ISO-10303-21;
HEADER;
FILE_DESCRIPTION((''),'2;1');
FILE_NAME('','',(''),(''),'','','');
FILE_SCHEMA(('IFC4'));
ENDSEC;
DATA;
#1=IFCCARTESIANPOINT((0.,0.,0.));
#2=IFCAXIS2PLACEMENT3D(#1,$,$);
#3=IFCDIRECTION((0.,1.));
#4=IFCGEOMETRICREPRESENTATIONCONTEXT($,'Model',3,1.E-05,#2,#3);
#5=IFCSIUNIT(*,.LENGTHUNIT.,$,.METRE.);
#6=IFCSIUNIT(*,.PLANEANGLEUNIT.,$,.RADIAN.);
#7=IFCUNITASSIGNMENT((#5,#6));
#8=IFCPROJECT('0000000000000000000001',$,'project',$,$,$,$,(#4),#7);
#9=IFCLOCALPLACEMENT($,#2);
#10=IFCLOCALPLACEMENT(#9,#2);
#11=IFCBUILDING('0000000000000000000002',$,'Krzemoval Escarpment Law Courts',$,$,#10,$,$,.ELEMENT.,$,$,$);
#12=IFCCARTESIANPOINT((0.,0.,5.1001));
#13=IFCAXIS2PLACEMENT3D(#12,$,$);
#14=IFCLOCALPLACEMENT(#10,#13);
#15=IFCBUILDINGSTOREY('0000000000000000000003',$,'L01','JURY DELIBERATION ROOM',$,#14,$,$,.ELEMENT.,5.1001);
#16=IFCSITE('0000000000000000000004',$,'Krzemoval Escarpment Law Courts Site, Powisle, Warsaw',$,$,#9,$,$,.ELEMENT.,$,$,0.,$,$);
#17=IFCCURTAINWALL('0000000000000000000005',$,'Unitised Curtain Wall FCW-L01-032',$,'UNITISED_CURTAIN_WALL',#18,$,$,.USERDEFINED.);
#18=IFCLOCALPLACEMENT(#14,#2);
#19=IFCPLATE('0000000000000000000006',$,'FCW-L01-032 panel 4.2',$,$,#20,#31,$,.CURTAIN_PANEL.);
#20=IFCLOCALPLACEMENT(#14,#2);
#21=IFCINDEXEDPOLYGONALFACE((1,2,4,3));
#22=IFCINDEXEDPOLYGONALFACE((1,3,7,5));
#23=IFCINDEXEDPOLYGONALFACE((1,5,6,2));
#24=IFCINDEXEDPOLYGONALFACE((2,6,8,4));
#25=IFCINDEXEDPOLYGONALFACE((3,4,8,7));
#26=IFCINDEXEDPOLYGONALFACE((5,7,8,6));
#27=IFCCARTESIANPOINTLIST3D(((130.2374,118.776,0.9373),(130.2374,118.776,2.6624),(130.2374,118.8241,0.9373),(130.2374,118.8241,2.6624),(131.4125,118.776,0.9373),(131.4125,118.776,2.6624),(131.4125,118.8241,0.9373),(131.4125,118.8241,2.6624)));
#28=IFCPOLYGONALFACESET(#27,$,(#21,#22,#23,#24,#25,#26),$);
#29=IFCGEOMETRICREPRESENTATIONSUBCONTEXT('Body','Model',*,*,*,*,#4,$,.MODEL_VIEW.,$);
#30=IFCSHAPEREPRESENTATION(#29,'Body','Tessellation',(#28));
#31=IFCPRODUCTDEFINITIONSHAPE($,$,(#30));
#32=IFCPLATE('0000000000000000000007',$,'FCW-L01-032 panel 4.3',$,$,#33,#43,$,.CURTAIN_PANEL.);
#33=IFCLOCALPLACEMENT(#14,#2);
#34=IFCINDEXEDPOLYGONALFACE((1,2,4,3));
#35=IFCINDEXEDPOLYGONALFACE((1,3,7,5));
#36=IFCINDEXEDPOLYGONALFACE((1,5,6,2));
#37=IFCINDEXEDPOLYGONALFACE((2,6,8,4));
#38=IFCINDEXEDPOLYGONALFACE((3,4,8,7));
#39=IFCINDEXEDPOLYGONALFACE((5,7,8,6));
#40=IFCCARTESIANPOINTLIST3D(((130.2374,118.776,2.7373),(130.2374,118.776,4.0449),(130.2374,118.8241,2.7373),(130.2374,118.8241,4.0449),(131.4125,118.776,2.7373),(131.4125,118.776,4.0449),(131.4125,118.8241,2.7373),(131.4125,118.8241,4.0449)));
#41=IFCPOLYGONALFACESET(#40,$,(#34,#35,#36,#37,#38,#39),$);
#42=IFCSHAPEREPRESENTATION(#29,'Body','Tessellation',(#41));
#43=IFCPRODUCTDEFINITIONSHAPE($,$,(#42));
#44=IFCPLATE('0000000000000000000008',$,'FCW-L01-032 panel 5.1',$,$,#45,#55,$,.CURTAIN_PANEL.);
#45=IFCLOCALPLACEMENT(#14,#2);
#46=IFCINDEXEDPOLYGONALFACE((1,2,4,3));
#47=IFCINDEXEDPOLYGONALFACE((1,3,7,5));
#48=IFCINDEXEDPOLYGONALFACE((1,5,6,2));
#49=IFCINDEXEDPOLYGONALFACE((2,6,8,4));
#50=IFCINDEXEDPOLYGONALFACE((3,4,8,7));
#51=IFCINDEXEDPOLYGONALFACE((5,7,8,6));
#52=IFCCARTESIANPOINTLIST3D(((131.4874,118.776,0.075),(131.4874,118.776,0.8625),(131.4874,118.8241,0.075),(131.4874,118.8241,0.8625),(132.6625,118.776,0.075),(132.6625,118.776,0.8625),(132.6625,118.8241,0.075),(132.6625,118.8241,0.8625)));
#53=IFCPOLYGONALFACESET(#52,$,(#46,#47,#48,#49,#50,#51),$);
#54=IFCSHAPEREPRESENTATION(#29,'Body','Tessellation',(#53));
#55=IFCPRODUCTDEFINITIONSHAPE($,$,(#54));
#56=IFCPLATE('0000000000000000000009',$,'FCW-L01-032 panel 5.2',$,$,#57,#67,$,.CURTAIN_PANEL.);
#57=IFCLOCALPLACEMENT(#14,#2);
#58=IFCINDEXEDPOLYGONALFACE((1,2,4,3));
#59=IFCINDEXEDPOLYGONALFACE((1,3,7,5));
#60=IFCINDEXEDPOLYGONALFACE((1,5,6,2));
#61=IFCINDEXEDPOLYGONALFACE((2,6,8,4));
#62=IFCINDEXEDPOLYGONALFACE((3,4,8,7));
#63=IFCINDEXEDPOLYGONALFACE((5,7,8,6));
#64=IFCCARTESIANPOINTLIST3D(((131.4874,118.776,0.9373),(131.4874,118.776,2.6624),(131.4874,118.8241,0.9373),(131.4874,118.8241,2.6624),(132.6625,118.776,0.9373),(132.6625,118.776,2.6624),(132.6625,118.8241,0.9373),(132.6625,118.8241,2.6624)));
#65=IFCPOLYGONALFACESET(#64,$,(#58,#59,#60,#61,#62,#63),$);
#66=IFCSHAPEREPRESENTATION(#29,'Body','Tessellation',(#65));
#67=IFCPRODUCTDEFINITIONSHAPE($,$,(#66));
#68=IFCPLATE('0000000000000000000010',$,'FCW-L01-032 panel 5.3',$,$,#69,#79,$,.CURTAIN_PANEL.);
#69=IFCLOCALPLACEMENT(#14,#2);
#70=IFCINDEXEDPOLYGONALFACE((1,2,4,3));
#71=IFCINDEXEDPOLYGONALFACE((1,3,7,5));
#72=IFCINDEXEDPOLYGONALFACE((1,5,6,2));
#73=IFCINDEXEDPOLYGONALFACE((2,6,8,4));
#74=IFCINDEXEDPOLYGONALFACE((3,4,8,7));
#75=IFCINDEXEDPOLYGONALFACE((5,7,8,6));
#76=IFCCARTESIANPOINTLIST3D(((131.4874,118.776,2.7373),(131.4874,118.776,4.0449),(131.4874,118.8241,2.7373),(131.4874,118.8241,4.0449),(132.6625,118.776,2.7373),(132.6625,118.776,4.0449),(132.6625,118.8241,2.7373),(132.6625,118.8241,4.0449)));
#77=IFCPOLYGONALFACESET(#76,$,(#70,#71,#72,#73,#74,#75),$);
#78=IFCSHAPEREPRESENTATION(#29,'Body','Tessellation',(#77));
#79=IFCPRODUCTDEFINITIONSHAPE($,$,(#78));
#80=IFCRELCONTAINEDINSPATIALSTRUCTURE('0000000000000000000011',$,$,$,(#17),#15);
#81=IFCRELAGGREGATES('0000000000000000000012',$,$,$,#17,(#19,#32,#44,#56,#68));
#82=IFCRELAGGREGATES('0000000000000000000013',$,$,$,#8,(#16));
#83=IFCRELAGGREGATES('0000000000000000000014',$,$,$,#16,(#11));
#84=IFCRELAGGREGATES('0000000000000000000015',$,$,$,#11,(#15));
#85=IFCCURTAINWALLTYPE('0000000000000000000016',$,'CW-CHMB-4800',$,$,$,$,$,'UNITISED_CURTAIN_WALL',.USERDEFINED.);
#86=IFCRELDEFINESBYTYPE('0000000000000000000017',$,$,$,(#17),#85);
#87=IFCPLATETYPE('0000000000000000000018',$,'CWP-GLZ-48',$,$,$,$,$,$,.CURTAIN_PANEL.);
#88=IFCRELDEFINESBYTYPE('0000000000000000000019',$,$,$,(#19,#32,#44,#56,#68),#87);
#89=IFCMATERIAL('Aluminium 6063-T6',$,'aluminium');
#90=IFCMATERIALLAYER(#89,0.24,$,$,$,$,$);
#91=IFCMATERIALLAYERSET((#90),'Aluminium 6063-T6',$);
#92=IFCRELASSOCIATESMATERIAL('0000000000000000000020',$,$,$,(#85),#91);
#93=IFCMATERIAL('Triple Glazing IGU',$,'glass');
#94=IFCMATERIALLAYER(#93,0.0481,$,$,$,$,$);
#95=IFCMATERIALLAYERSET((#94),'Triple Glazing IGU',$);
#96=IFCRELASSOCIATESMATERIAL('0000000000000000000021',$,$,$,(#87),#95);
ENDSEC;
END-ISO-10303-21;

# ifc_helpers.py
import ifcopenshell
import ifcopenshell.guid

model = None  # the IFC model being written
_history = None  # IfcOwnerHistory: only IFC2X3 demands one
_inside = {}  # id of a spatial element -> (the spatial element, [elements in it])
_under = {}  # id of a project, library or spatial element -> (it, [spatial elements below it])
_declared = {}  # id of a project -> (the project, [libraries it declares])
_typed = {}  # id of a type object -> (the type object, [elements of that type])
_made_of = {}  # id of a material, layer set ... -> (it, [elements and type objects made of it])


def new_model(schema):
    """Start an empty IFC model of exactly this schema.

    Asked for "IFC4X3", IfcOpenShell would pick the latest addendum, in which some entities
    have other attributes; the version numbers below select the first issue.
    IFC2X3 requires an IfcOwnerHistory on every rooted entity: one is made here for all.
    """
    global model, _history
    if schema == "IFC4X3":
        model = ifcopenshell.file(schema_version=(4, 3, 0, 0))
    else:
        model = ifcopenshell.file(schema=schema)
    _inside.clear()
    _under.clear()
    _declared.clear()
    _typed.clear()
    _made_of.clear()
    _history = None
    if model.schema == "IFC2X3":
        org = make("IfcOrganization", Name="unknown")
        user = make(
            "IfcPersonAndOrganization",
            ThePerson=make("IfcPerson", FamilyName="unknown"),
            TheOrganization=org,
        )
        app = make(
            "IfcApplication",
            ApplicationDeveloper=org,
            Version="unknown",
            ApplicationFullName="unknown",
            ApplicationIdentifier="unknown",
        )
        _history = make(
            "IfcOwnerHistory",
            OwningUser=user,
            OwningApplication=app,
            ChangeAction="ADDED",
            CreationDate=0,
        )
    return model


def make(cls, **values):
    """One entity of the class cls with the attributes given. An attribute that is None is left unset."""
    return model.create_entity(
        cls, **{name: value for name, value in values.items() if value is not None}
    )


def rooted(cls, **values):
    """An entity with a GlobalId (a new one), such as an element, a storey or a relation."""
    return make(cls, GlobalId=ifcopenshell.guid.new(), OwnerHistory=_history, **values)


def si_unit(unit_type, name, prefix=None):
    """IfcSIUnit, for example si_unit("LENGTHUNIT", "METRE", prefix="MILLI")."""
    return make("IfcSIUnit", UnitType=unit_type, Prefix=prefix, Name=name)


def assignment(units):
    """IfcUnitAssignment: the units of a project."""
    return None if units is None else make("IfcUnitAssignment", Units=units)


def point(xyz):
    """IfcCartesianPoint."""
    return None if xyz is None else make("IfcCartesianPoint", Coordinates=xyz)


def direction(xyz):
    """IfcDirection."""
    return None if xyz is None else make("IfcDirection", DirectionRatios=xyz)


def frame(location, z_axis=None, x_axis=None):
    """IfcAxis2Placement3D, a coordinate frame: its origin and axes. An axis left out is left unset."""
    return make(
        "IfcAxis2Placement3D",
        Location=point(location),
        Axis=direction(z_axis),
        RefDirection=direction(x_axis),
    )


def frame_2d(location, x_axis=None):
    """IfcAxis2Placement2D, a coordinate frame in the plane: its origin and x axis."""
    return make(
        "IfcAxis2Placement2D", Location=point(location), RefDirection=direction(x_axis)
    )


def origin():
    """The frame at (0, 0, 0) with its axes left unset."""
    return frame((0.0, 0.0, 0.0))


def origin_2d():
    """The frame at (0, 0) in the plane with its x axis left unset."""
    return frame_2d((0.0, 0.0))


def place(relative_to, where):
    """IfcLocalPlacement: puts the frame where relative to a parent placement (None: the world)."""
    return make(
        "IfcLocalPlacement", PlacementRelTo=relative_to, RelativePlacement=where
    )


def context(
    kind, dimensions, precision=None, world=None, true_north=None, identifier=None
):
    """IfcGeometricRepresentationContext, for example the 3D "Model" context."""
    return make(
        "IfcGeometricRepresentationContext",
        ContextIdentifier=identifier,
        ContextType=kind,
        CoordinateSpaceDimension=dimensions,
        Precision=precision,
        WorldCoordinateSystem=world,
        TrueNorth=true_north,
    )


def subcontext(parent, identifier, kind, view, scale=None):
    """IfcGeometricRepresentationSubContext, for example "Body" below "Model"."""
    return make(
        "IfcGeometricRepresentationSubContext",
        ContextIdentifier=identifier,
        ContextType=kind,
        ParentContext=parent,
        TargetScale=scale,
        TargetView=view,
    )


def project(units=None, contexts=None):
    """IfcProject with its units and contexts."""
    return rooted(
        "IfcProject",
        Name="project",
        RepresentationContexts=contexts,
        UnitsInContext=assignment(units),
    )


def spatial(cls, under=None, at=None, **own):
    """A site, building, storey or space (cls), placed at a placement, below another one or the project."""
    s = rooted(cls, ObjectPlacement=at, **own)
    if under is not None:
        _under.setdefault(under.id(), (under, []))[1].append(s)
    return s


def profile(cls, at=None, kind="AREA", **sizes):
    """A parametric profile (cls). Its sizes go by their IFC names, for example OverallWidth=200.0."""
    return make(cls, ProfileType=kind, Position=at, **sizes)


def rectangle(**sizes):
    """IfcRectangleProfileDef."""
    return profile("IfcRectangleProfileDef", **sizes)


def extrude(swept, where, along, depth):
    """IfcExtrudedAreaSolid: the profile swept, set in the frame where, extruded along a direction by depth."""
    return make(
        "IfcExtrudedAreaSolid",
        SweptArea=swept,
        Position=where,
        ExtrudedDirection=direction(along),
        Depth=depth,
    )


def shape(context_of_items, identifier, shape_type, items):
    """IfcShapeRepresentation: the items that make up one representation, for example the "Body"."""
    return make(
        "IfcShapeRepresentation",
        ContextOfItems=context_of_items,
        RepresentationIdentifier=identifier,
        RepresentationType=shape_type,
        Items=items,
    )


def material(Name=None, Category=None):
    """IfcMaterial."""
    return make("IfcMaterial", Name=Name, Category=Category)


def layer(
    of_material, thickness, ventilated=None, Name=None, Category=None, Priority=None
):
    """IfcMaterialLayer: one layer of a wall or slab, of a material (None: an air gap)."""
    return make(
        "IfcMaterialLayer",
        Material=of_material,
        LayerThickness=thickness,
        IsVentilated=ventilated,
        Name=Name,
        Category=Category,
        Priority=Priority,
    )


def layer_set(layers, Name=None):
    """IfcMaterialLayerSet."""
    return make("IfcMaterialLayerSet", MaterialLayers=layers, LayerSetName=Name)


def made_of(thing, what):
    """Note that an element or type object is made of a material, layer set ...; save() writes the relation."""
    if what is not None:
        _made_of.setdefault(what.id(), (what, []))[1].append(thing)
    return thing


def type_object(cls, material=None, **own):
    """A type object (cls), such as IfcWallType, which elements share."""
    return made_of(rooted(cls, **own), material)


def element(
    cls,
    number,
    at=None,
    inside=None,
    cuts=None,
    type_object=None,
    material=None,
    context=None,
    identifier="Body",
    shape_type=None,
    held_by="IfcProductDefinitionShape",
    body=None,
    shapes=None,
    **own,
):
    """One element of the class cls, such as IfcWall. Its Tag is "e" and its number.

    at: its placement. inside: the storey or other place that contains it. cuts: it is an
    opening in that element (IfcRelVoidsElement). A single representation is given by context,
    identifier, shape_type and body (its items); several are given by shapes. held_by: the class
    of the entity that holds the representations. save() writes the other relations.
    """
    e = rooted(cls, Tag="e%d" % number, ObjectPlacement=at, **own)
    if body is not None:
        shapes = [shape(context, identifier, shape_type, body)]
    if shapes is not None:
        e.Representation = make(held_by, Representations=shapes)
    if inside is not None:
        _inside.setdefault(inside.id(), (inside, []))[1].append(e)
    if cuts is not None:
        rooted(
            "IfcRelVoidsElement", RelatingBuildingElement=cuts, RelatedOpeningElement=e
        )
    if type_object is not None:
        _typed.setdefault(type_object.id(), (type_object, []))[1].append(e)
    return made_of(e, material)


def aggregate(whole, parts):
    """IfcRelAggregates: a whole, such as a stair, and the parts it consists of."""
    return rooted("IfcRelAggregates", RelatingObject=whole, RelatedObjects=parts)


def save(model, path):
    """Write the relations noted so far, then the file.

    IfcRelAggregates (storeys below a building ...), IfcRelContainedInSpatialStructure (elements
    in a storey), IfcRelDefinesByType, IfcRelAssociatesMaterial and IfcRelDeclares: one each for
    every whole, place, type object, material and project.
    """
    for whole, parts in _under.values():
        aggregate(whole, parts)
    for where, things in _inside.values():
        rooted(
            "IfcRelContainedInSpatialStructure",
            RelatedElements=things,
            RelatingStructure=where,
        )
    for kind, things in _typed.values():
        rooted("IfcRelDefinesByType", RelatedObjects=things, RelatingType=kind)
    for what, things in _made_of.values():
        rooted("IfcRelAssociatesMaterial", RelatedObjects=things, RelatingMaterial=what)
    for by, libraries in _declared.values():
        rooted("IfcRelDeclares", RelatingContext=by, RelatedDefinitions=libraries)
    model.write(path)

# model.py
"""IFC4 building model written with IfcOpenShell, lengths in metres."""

from ifc_helpers import new_model, si_unit, direction, frame, origin, origin_2d, place, context, subcontext, project, spatial, rectangle, extrude, material, layer, layer_set, type_object, element, aggregate, save


model = new_model("IFC4")

# Units and contexts
model_context = context("Model", 3, precision=1e-05, world=origin(), true_north=direction((0.0, 1.0)))
body_context = subcontext(model_context, "Body", "Model", "MODEL_VIEW")
ifc_project = project(units=[si_unit("LENGTHUNIT", "METRE"), si_unit("PLANEANGLEUNIT", "RADIAN")], contexts=[model_context])

# Site, building, storey
site_placement = place(None, origin())
site = spatial("IfcSite", under=ifc_project, at=site_placement, Name="Krzemoval Escarpment Law Courts Site, Powisle, Warsaw", CompositionType="ELEMENT", RefElevation=0.0)
building_placement = place(site_placement, origin())
building = spatial("IfcBuilding", under=site, at=building_placement, Name="Krzemoval Escarpment Law Courts", CompositionType="ELEMENT")
storey_placement = place(building_placement, frame((0.0, 0.0, 5.1001)))
storey = spatial("IfcBuildingStorey", under=building, at=storey_placement, Name="L01", Description="JURY DELIBERATION ROOM", CompositionType="ELEMENT", Elevation=5.1001)

# Curtain wall, plates
ifc_material_1 = material(Name="Aluminium 6063-T6", Category="aluminium")
ifc_layer_1 = layer(ifc_material_1, 0.24)
ifc_layer_set_1 = layer_set([ifc_layer_1], Name="Aluminium 6063-T6")
curtain_wall_type = type_object("IfcCurtainWallType", Name="CW-CHMB-4800", ElementType="UNITISED_CURTAIN_WALL", PredefinedType="USERDEFINED", material=ifc_layer_set_1)
curtain_wall_placement = place(storey_placement, origin())
curtain_wall = element("IfcCurtainWall", 1, at=curtain_wall_placement, inside=storey, type_object=curtain_wall_type, Name="Unitised Curtain Wall FCW-L01-032", ObjectType="UNITISED_CURTAIN_WALL", PredefinedType="USERDEFINED")
ifc_material_2 = material(Name="Triple Glazing IGU", Category="glass")
ifc_layer_2 = layer(ifc_material_2, 0.0481)
ifc_layer_set_2 = layer_set([ifc_layer_2], Name="Triple Glazing IGU")
plate_type = type_object("IfcPlateType", Name="CWP-GLZ-48", PredefinedType="CURTAIN_PANEL", material=ifc_layer_set_2)
plate_1_placement = place(storey_placement, frame((130.825, 118.8, 0.9373), z_axis=(0.0, 0.0, 1.0), x_axis=(1.0, 0.0, 0.0)))
plate_1 = element("IfcPlate", 2, at=plate_1_placement, type_object=plate_type, Name="FCW-L01-032 panel 4.2", PredefinedType="CURTAIN_PANEL", context=body_context, shape_type="SweptSolid", body=[
    extrude(rectangle(XDim=1.175, YDim=0.0481, at=origin_2d()), origin(), (0.0, 0.0, 1.0), 1.7251),
])
plate_2_placement = place(storey_placement, frame((130.825, 118.8, 2.7373), z_axis=(0.0, 0.0, 1.0), x_axis=(1.0, 0.0, 0.0)))
plate_2 = element("IfcPlate", 3, at=plate_2_placement, type_object=plate_type, Name="FCW-L01-032 panel 4.3", PredefinedType="CURTAIN_PANEL", context=body_context, shape_type="SweptSolid", body=[
    extrude(rectangle(XDim=1.175, YDim=0.0481, at=origin_2d()), origin(), (0.0, 0.0, 1.0), 1.3076),
])
plate_3_placement = place(storey_placement, frame((132.075, 118.8, 0.075), z_axis=(0.0, 0.0, 1.0), x_axis=(1.0, 0.0, 0.0)))
plate_3 = element("IfcPlate", 4, at=plate_3_placement, type_object=plate_type, Name="FCW-L01-032 panel 5.1", PredefinedType="CURTAIN_PANEL", context=body_context, shape_type="SweptSolid", body=[
    extrude(rectangle(XDim=1.175, YDim=0.0481, at=origin_2d()), origin(), (0.0, 0.0, 1.0), 0.7876),
])
plate_4_placement = place(storey_placement, frame((132.075, 118.8, 0.9373), z_axis=(0.0, 0.0, 1.0), x_axis=(1.0, 0.0, 0.0)))
plate_4 = element("IfcPlate", 5, at=plate_4_placement, type_object=plate_type, Name="FCW-L01-032 panel 5.2", PredefinedType="CURTAIN_PANEL", context=body_context, shape_type="SweptSolid", body=[
    extrude(rectangle(XDim=1.175, YDim=0.0481, at=origin_2d()), origin(), (0.0, 0.0, 1.0), 1.7251),
])
plate_5_placement = place(storey_placement, frame((132.075, 118.8, 2.7373), z_axis=(0.0, 0.0, 1.0), x_axis=(1.0, 0.0, 0.0)))
plate_5 = element("IfcPlate", 6, at=plate_5_placement, type_object=plate_type, Name="FCW-L01-032 panel 5.3", PredefinedType="CURTAIN_PANEL", context=body_context, shape_type="SweptSolid", body=[
    extrude(rectangle(XDim=1.175, YDim=0.0481, at=origin_2d()), origin(), (0.0, 0.0, 1.0), 1.3076),
])
aggregate(curtain_wall, [plate_1, plate_2, plate_3, plate_4, plate_5])

save(model, "model.ifc")
